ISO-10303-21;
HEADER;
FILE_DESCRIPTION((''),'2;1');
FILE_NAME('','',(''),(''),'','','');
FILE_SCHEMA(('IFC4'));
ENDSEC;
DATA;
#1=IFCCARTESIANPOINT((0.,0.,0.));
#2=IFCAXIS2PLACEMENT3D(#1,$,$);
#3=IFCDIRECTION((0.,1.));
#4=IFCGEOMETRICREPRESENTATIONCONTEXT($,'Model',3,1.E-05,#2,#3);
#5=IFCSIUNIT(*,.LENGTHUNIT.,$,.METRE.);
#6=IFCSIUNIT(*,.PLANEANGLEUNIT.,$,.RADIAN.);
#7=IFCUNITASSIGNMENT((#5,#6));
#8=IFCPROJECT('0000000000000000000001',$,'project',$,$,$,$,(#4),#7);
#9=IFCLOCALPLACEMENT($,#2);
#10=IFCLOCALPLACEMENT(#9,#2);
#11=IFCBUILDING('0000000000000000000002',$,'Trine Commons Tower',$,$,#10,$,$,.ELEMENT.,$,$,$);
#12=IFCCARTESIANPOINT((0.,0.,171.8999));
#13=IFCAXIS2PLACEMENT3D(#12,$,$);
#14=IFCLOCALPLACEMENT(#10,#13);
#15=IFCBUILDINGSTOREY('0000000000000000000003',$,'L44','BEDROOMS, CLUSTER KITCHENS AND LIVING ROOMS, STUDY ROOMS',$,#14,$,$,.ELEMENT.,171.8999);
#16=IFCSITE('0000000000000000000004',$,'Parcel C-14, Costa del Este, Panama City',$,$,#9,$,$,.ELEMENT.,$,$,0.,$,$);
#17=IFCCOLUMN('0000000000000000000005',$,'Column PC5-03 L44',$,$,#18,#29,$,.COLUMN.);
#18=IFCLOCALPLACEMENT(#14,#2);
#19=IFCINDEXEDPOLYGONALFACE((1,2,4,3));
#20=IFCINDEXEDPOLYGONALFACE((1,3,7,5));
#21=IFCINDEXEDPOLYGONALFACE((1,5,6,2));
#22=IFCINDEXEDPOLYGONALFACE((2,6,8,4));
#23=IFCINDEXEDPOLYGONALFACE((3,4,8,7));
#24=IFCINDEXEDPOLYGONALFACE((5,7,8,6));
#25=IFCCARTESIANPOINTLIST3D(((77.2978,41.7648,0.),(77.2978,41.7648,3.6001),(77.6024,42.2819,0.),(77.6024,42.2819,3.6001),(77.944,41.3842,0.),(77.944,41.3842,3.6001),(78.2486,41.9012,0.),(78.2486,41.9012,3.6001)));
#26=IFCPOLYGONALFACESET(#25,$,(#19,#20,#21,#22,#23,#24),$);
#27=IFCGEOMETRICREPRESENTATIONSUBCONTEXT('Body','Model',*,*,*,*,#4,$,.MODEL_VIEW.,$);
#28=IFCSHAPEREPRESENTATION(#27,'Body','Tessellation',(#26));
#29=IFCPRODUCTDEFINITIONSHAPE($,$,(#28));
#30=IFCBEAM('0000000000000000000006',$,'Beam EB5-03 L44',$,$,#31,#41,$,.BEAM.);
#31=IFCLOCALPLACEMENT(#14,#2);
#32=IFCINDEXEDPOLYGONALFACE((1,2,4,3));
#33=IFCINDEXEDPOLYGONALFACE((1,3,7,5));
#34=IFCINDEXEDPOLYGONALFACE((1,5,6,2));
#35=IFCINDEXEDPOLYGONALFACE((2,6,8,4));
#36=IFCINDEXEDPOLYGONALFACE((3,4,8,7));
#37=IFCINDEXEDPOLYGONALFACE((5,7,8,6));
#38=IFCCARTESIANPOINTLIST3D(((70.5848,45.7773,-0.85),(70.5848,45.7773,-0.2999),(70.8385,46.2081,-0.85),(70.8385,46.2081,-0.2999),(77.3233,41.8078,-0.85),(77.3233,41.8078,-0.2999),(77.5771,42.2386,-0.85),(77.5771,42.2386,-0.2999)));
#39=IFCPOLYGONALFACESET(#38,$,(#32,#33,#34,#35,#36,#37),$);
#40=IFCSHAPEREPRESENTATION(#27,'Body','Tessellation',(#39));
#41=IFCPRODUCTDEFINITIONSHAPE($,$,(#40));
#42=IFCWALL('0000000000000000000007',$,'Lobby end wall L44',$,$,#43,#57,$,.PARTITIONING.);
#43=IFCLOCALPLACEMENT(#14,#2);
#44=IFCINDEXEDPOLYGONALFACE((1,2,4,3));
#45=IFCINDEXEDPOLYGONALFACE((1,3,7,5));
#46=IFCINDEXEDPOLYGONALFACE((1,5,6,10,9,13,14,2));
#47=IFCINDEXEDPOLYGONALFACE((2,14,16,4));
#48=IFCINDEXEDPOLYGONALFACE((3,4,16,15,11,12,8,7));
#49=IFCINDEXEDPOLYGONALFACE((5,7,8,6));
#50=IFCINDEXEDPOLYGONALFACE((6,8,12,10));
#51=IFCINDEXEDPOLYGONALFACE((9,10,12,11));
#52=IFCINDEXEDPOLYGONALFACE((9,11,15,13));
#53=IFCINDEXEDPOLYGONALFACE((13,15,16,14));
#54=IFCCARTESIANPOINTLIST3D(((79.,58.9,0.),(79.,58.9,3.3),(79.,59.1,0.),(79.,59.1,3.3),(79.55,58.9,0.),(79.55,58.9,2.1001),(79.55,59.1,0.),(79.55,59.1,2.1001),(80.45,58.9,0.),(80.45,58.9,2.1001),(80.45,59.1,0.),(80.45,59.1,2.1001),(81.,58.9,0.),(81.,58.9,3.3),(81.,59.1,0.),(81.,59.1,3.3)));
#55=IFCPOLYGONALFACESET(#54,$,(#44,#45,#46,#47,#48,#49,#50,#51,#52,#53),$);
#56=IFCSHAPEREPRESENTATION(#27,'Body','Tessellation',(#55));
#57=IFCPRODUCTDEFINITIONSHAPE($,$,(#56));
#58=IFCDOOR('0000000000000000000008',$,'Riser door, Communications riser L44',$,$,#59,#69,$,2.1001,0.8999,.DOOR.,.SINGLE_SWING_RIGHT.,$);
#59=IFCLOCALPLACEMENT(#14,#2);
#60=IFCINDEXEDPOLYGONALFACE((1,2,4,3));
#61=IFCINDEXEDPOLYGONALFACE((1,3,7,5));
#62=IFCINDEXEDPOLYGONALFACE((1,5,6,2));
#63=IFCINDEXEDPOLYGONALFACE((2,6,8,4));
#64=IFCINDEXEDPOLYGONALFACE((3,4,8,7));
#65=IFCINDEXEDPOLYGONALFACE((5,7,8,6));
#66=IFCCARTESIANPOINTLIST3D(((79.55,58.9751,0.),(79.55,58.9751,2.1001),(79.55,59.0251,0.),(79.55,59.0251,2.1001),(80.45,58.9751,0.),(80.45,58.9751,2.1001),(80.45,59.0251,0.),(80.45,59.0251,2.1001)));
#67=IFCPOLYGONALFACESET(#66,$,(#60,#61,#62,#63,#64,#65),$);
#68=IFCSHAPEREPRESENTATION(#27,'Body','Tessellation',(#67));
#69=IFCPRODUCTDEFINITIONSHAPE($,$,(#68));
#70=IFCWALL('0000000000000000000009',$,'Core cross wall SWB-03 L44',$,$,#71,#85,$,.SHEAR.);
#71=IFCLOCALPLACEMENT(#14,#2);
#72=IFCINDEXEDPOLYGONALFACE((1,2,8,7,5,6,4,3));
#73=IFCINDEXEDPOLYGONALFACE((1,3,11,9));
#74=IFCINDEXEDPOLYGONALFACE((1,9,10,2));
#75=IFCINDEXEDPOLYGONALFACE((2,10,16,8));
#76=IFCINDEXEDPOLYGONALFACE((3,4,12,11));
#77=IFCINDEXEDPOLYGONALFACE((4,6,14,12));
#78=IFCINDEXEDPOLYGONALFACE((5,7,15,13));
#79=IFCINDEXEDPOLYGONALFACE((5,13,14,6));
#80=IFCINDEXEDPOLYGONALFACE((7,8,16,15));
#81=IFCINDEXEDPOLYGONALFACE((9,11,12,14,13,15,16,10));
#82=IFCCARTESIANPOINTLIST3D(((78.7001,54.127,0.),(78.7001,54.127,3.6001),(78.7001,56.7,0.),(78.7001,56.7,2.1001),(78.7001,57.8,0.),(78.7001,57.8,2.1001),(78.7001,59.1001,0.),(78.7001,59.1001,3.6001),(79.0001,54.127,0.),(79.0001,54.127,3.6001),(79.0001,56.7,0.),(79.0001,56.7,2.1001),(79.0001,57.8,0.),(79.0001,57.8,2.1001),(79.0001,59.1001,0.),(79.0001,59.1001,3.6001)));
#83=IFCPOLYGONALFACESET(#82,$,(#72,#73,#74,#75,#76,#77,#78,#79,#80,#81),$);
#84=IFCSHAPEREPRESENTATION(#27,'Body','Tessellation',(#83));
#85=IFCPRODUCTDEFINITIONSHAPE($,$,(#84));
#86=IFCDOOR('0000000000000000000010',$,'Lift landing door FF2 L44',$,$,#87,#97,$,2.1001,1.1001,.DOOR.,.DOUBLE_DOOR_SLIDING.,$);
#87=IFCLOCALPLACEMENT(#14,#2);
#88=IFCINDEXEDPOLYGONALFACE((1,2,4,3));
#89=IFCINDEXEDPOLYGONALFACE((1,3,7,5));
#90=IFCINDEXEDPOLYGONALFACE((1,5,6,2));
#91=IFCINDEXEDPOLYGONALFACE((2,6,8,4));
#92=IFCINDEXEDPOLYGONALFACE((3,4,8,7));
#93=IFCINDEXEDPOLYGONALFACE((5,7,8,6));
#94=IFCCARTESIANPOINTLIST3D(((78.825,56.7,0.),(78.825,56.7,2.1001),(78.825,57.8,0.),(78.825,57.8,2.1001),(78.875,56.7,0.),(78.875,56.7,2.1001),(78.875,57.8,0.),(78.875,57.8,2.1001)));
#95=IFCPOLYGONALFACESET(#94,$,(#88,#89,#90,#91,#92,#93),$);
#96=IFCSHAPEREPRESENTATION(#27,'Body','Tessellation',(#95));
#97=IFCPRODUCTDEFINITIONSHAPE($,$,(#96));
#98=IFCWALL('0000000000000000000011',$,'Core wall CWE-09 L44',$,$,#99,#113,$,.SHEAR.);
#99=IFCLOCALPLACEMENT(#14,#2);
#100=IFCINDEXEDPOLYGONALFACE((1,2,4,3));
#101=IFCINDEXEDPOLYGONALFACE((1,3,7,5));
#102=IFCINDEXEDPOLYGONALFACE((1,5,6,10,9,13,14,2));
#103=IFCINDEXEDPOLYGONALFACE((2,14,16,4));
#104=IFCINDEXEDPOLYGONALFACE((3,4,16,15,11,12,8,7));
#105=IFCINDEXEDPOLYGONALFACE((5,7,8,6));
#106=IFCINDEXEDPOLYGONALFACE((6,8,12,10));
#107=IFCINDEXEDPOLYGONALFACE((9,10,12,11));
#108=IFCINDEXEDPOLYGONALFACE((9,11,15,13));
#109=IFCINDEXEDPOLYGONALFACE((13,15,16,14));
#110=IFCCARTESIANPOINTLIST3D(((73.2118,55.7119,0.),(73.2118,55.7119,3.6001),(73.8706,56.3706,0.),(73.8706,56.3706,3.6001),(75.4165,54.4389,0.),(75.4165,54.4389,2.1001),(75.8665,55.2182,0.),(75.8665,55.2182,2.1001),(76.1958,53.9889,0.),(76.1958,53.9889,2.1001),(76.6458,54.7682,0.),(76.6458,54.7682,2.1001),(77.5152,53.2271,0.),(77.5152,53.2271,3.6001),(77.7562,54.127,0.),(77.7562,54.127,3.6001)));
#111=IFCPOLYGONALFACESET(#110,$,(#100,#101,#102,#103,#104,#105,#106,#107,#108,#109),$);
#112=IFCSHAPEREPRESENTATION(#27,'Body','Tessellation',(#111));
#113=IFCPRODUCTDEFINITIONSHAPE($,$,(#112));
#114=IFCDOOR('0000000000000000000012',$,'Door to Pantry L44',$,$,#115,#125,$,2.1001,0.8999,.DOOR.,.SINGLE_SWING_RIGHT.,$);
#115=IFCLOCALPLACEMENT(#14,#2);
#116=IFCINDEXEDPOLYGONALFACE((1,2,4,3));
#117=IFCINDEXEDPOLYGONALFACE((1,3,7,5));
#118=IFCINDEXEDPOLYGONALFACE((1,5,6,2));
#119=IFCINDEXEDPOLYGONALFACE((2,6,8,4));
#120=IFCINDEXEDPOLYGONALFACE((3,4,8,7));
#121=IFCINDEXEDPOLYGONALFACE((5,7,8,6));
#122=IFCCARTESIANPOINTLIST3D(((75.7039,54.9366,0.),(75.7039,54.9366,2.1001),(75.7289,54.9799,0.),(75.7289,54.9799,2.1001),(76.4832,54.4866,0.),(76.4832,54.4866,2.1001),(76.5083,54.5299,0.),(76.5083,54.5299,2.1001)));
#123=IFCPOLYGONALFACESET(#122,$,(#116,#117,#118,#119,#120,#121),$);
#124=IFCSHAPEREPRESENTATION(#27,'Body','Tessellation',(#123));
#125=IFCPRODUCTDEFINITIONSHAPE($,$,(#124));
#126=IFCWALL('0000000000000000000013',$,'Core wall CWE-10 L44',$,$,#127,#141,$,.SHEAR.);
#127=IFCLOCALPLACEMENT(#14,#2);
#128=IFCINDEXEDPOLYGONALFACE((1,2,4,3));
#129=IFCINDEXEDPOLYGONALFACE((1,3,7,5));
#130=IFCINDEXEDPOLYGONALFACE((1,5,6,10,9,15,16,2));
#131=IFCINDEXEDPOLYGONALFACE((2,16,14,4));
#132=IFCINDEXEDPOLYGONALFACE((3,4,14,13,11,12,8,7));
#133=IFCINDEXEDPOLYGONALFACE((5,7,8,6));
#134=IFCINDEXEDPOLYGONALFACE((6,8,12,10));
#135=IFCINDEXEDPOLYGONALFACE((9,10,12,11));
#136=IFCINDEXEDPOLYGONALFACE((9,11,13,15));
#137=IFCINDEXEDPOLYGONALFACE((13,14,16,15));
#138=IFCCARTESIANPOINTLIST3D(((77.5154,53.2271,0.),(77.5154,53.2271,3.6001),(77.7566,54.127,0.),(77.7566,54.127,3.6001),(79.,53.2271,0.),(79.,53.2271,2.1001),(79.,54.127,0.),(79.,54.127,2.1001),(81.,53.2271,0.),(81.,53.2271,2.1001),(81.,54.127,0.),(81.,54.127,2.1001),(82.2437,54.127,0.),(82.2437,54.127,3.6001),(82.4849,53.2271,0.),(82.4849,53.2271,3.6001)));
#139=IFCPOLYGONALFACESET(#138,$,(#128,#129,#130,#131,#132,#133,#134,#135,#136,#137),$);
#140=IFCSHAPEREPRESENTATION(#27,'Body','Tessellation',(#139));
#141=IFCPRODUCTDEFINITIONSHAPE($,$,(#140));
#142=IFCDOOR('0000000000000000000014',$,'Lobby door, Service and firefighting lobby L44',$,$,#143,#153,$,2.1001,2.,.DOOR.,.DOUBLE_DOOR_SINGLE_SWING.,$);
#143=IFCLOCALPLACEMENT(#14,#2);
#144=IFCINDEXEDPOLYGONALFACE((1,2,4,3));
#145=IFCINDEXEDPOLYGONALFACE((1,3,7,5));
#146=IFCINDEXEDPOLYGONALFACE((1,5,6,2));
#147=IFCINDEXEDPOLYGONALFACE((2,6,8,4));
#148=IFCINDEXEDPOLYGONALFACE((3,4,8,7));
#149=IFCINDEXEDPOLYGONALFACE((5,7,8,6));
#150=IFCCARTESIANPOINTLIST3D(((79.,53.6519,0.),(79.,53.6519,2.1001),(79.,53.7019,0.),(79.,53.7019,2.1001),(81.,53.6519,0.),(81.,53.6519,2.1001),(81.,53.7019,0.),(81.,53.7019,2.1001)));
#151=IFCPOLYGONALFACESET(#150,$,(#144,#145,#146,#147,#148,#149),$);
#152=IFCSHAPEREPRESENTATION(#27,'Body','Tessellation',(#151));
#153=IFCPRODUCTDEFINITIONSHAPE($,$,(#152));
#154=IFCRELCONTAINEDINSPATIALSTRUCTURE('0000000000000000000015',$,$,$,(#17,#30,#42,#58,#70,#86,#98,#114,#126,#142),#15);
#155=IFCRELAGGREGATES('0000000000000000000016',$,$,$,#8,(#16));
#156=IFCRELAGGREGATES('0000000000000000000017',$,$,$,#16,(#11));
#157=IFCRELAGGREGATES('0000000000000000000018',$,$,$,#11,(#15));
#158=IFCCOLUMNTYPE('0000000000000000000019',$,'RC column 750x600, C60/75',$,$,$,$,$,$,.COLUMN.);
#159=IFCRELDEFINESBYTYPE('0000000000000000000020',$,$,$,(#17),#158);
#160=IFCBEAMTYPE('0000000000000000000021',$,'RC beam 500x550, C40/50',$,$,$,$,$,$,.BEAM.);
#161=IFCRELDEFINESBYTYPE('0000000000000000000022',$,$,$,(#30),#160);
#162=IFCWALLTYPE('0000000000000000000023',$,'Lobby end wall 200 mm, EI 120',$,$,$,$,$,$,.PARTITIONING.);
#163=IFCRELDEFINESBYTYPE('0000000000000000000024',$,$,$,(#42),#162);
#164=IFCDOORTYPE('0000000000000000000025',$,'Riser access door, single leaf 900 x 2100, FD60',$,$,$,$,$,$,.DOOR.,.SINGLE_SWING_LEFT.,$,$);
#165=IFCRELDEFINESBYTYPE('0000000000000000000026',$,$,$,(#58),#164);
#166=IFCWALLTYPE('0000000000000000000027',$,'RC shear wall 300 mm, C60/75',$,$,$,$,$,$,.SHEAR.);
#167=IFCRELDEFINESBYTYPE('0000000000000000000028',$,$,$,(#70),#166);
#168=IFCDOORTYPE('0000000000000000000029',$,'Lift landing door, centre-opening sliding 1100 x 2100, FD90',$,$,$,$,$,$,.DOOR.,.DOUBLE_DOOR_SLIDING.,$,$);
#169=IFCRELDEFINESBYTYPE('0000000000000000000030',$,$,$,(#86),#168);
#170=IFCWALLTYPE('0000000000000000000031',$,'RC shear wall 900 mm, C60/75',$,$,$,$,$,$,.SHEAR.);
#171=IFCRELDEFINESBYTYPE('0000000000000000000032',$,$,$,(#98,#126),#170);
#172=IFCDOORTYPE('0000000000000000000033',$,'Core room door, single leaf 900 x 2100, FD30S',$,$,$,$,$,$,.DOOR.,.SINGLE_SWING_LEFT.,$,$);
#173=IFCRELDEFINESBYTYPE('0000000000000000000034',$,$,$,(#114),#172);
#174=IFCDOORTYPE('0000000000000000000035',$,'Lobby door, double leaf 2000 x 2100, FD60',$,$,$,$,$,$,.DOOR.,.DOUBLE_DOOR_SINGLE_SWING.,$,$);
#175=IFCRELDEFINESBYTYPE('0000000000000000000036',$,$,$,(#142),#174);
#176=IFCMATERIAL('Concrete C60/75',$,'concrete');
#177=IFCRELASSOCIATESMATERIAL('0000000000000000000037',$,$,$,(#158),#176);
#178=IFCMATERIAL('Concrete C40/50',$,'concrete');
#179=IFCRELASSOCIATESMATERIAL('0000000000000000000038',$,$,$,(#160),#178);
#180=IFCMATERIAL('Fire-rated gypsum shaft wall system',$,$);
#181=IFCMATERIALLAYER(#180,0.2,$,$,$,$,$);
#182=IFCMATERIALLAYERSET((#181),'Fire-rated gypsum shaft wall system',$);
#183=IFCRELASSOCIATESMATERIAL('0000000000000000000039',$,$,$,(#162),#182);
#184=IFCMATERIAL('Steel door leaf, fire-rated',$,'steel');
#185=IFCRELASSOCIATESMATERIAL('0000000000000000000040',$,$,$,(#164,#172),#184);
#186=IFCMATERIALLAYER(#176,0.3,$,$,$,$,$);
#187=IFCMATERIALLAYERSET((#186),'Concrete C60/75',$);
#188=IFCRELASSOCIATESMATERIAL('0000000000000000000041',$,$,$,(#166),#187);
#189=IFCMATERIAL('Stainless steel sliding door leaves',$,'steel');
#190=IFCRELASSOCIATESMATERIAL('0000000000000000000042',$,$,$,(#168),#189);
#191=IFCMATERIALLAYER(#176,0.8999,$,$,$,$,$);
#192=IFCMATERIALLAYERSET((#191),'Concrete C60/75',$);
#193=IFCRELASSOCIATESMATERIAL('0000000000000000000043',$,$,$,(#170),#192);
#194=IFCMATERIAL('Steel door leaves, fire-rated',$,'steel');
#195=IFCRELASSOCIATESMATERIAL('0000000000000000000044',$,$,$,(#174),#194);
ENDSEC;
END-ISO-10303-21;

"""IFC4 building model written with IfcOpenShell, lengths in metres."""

from ifc_helpers import new_model, si_unit, direction, frame, frame_2d, origin, origin_2d, place, context, subcontext, project, spatial, polyline, rectangle, outline, extrude, material, layer, layer_set, material_profile, profile_set, type_object, element, fill, save


model = new_model("IFC4")

# Units and contexts
model_context = context("Model", 3, precision=1e-05, world=origin(), true_north=direction((0.0, 1.0)))
body_context = subcontext(model_context, "Body", "Model", "MODEL_VIEW")
ifc_project = project(units=[si_unit("LENGTHUNIT", "METRE"), si_unit("PLANEANGLEUNIT", "RADIAN")], contexts=[model_context])

# Site, building, storey
site_placement = place(None, origin())
site = spatial("IfcSite", under=ifc_project, at=site_placement, Name="Parcel C-14, Costa del Este, Panama City", CompositionType="ELEMENT", RefElevation=0.0)
building_placement = place(site_placement, origin())
building = spatial("IfcBuilding", under=site, at=building_placement, Name="Trine Commons Tower", CompositionType="ELEMENT")
storey_placement = place(building_placement, frame((0.0, 0.0, 171.8999)))
storey = spatial("IfcBuildingStorey", under=building, at=storey_placement, Name="L44", Description="BEDROOMS, CLUSTER KITCHENS AND LIVING ROOMS, STUDY ROOMS", CompositionType="ELEMENT", Elevation=171.8999)

# Column
ifc_material_1 = material(Name="Concrete C60/75", Category="concrete")
ifc_material_profile_1 = material_profile(ifc_material_1, rectangle(XDim=0.75, YDim=0.6001, at=origin_2d()), Name="RC 750x600")
ifc_profile_set_1 = profile_set([ifc_material_profile_1], Name="Concrete C60/75")
column_type = type_object("IfcColumnType", Name="RC column 750x600, C60/75", PredefinedType="COLUMN", material=ifc_profile_set_1)
column_placement = place(storey_placement, frame((77.7732, 41.833, 0.0), z_axis=(0.0, 0.0, 1.0), x_axis=(-0.861629, 0.507538, 0.0)))
element("IfcColumn", 1, at=column_placement, inside=storey, type_object=column_type, Name="Column PC5-03 L44", PredefinedType="COLUMN", context=body_context, shape_type="SweptSolid", body=[
    extrude(rectangle(XDim=0.75, YDim=0.6001, at=origin_2d()), origin(), (0.0, 0.0, 1.0), 3.6001),
])

# Beam
ifc_material_2 = material(Name="Concrete C40/50", Category="concrete")
ifc_material_profile_2 = material_profile(ifc_material_2, rectangle(XDim=0.5, YDim=0.55, at=origin_2d()), Name="RC 500x550")
ifc_profile_set_2 = profile_set([ifc_material_profile_2], Name="Concrete C40/50")
beam_type = type_object("IfcBeamType", Name="RC beam 500x550, C40/50", PredefinedType="BEAM", material=ifc_profile_set_2)
beam_placement = place(storey_placement, frame((77.4502, 42.0232, -0.575), z_axis=(-0.861619, 0.507556, 0.0), x_axis=(-0.507556, -0.861619, 0.0)))
element("IfcBeam", 2, at=beam_placement, inside=storey, type_object=beam_type, Name="Beam EB5-03 L44", PredefinedType="BEAM", context=body_context, shape_type="SweptSolid", body=[
    extrude(rectangle(XDim=0.5, YDim=0.55, at=origin_2d()), origin(), (0.0, 0.0, 1.0), 7.8208),
])

# Walls, openings, doors
ifc_material_3 = material(Name="Fire-rated gypsum shaft wall system")
ifc_layer_1 = layer(ifc_material_3, 0.2)
ifc_layer_set_1 = layer_set([ifc_layer_1], Name="Fire-rated gypsum shaft wall system")
wall_type_1 = type_object("IfcWallType", Name="Lobby end wall 200 mm, EI 120", PredefinedType="PARTITIONING", material=ifc_layer_set_1)
wall_1_placement = place(storey_placement, frame((79.0, 59.0, 0.0), z_axis=(0.0, 0.0, 1.0), x_axis=(1.0, 0.0, 0.0)))
wall_1 = element("IfcWall", 3, at=wall_1_placement, inside=storey, type_object=wall_type_1, Name="Lobby end wall L44", PredefinedType="PARTITIONING", context=body_context, shape_type="SweptSolid", body=[
    extrude(rectangle(XDim=2.0, YDim=0.2, at=frame_2d((1.0, 0.0))), origin(), (0.0, 0.0, 1.0), 3.3),
])
opening_1_placement = place(wall_1_placement, frame((0.55, 0.0, 0.0)))
opening_1 = element("IfcOpeningElement", 4, at=opening_1_placement, cuts=wall_1, PredefinedType="OPENING", context=body_context, shape_type="SweptSolid", body=[
    extrude(rectangle(XDim=0.8999, YDim=2.1001, at=frame_2d((0.45, 1.05))), frame((0.0, 0.1099, 0.0), z_axis=(0.0, -1.0, 0.0), x_axis=(1.0, 0.0, 0.0)), (0.0, 0.0, 1.0), 0.22),
])
ifc_material_4 = material(Name="Steel door leaf, fire-rated", Category="steel")
door_type_1 = type_object("IfcDoorType", Name="Riser access door, single leaf 900 x 2100, FD60", OperationType="SINGLE_SWING_LEFT", PredefinedType="DOOR", material=ifc_material_4)
door_1_placement = place(opening_1_placement, frame((0.8999, 0.0, 0.0), z_axis=(0.0, 0.0, 1.0), x_axis=(-1.0, 0.0, 0.0)))
door_1 = element("IfcDoor", 5, at=door_1_placement, inside=storey, type_object=door_type_1, Name="Riser door, Communications riser L44", OperationType="SINGLE_SWING_RIGHT", OverallHeight=2.1001, OverallWidth=0.8999, PredefinedType="DOOR", context=body_context, shape_type="SweptSolid", body=[
    extrude(rectangle(XDim=0.8999, YDim=2.1001, at=frame_2d((0.45, 1.05))), frame((0.0, 0.0249, 0.0), z_axis=(0.0, -1.0, 0.0), x_axis=(1.0, 0.0, 0.0)), (0.0, 0.0, 1.0), 0.05),
])
fill(opening_1, door_1)
ifc_layer_2 = layer(ifc_material_1, 0.3)
ifc_layer_set_2 = layer_set([ifc_layer_2], Name="Concrete C60/75")
wall_type_2 = type_object("IfcWallType", Name="RC shear wall 300 mm, C60/75", PredefinedType="SHEAR", material=ifc_layer_set_2)
wall_2_placement = place(storey_placement, frame((78.8501, 59.1001, 0.0), z_axis=(0.0, 0.0, 1.0), x_axis=(0.0, -1.0, 0.0)))
wall_2 = element("IfcWall", 6, at=wall_2_placement, inside=storey, type_object=wall_type_2, Name="Core cross wall SWB-03 L44", PredefinedType="SHEAR", context=body_context, shape_type="SweptSolid", body=[
    extrude(rectangle(XDim=4.9731, YDim=0.3, at=frame_2d((2.4866, 0.0))), origin(), (0.0, 0.0, 1.0), 3.6001),
])
opening_2_placement = place(wall_2_placement, frame((1.3, 0.0, 0.0)))
opening_2 = element("IfcOpeningElement", 7, at=opening_2_placement, cuts=wall_2, PredefinedType="OPENING", context=body_context, shape_type="SweptSolid", body=[
    extrude(rectangle(XDim=1.1001, YDim=2.1001, at=frame_2d((0.55, 1.05))), frame((0.0, 0.1599, 0.0), z_axis=(0.0, -1.0, 0.0), x_axis=(1.0, 0.0, 0.0)), (0.0, 0.0, 1.0), 0.3201),
])
ifc_material_5 = material(Name="Stainless steel sliding door leaves", Category="steel")
door_type_2 = type_object("IfcDoorType", Name="Lift landing door, centre-opening sliding 1100 x 2100, FD90", OperationType="DOUBLE_DOOR_SLIDING", PredefinedType="DOOR", material=ifc_material_5)
door_2_placement = place(opening_2_placement, origin())
door_2 = element("IfcDoor", 8, at=door_2_placement, inside=storey, type_object=door_type_2, Name="Lift landing door FF2 L44", OperationType="DOUBLE_DOOR_SLIDING", OverallHeight=2.1001, OverallWidth=1.1001, PredefinedType="DOOR", context=body_context, shape_type="SweptSolid", body=[
    extrude(rectangle(XDim=1.1001, YDim=2.1001, at=frame_2d((0.55, 1.05))), frame((0.0, 0.0249, 0.0), z_axis=(0.0, -1.0, 0.0), x_axis=(1.0, 0.0, 0.0)), (0.0, 0.0, 1.0), 0.05),
])
fill(opening_2, door_2)
ifc_layer_3 = layer(ifc_material_1, 0.8999)
ifc_layer_set_3 = layer_set([ifc_layer_3], Name="Concrete C60/75")
wall_type_3 = type_object("IfcWallType", Name="RC shear wall 900 mm, C60/75", PredefinedType="SHEAR", material=ifc_layer_set_3)
wall_3_placement = place(storey_placement, frame((73.4368, 56.1016, 0.0), z_axis=(0.0, 0.0, 1.0), x_axis=(0.866003, -0.500039, 0.0)))
wall_3 = element("IfcWall", 9, at=wall_3_placement, inside=storey, type_object=wall_type_3, Name="Core wall CWE-09 L44", PredefinedType="SHEAR", context=body_context, shape_type="SweptSolid", body=[
    extrude(outline(polyline([(0.0, -0.45), (4.9692, -0.45), (4.728, 0.45), (0.2412, 0.45), (0.0, -0.45)])), origin(), (0.0, 0.0, 1.0), 3.6001),
])
opening_3_placement = place(wall_3_placement, frame((2.5459, 0.0, 0.0)))
opening_3 = element("IfcOpeningElement", 10, at=opening_3_placement, cuts=wall_3, PredefinedType="OPENING", context=body_context, shape_type="SweptSolid", body=[
    extrude(rectangle(XDim=0.8999, YDim=2.1001, at=frame_2d((0.45, 1.05))), frame((0.0, 0.46, 0.0), z_axis=(0.0, -1.0, 0.0), x_axis=(1.0, 0.0, 0.0)), (0.0, 0.0, 1.0), 0.9199),
])
door_type_3 = type_object("IfcDoorType", Name="Core room door, single leaf 900 x 2100, FD30S", OperationType="SINGLE_SWING_LEFT", PredefinedType="DOOR", material=ifc_material_4)
door_3_placement = place(opening_3_placement, origin())
door_3 = element("IfcDoor", 11, at=door_3_placement, inside=storey, type_object=door_type_3, Name="Door to Pantry L44", OperationType="SINGLE_SWING_RIGHT", OverallHeight=2.1001, OverallWidth=0.8999, PredefinedType="DOOR", context=body_context, shape_type="SweptSolid", body=[
    extrude(rectangle(XDim=0.8999, YDim=2.1001, at=frame_2d((0.45, 1.05))), frame((0.0, 0.1748, 0.0), z_axis=(0.0, -1.0, 0.0), x_axis=(1.0, 0.0, 0.0)), (0.0, 0.0, 1.0), 0.05),
])
fill(opening_3, door_3)
wall_4_placement = place(storey_placement, frame((77.5154, 53.677, 0.0), z_axis=(0.0, 0.0, 1.0), x_axis=(1.0, 0.0, 0.0)))
wall_4 = element("IfcWall", 12, at=wall_4_placement, inside=storey, type_object=wall_type_3, Name="Core wall CWE-10 L44", PredefinedType="SHEAR", context=body_context, shape_type="SweptSolid", body=[
    extrude(outline(polyline([(0.0, -0.45), (4.9695, -0.45), (4.7283, 0.45), (0.2412, 0.45), (0.0, -0.45)])), origin(), (0.0, 0.0, 1.0), 3.6001),
])
opening_4_placement = place(wall_4_placement, frame((1.4846, 0.0, 0.0)))
opening_4 = element("IfcOpeningElement", 13, at=opening_4_placement, cuts=wall_4, PredefinedType="OPENING", context=body_context, shape_type="SweptSolid", body=[
    extrude(rectangle(XDim=2.0, YDim=2.1001, at=frame_2d((1.0, 1.05))), frame((0.0, 0.46, 0.0), z_axis=(0.0, -1.0, 0.0), x_axis=(1.0, 0.0, 0.0)), (0.0, 0.0, 1.0), 0.9199),
])
ifc_material_6 = material(Name="Steel door leaves, fire-rated", Category="steel")
door_type_4 = type_object("IfcDoorType", Name="Lobby door, double leaf 2000 x 2100, FD60", OperationType="DOUBLE_DOOR_SINGLE_SWING", PredefinedType="DOOR", material=ifc_material_6)
door_4_placement = place(opening_4_placement, origin())
door_4 = element("IfcDoor", 14, at=door_4_placement, inside=storey, type_object=door_type_4, Name="Lobby door, Service and firefighting lobby L44", OperationType="DOUBLE_DOOR_SINGLE_SWING", OverallHeight=2.1001, OverallWidth=2.0, PredefinedType="DOOR", context=body_context, shape_type="SweptSolid", body=[
    extrude(rectangle(XDim=2.0, YDim=2.1001, at=frame_2d((1.0, 1.05))), frame((0.0, 0.0249, 0.0), z_axis=(0.0, -1.0, 0.0), x_axis=(1.0, 0.0, 0.0)), (0.0, 0.0, 1.0), 0.05),
])
fill(opening_4, door_4)

save(model, "model.ifc")
